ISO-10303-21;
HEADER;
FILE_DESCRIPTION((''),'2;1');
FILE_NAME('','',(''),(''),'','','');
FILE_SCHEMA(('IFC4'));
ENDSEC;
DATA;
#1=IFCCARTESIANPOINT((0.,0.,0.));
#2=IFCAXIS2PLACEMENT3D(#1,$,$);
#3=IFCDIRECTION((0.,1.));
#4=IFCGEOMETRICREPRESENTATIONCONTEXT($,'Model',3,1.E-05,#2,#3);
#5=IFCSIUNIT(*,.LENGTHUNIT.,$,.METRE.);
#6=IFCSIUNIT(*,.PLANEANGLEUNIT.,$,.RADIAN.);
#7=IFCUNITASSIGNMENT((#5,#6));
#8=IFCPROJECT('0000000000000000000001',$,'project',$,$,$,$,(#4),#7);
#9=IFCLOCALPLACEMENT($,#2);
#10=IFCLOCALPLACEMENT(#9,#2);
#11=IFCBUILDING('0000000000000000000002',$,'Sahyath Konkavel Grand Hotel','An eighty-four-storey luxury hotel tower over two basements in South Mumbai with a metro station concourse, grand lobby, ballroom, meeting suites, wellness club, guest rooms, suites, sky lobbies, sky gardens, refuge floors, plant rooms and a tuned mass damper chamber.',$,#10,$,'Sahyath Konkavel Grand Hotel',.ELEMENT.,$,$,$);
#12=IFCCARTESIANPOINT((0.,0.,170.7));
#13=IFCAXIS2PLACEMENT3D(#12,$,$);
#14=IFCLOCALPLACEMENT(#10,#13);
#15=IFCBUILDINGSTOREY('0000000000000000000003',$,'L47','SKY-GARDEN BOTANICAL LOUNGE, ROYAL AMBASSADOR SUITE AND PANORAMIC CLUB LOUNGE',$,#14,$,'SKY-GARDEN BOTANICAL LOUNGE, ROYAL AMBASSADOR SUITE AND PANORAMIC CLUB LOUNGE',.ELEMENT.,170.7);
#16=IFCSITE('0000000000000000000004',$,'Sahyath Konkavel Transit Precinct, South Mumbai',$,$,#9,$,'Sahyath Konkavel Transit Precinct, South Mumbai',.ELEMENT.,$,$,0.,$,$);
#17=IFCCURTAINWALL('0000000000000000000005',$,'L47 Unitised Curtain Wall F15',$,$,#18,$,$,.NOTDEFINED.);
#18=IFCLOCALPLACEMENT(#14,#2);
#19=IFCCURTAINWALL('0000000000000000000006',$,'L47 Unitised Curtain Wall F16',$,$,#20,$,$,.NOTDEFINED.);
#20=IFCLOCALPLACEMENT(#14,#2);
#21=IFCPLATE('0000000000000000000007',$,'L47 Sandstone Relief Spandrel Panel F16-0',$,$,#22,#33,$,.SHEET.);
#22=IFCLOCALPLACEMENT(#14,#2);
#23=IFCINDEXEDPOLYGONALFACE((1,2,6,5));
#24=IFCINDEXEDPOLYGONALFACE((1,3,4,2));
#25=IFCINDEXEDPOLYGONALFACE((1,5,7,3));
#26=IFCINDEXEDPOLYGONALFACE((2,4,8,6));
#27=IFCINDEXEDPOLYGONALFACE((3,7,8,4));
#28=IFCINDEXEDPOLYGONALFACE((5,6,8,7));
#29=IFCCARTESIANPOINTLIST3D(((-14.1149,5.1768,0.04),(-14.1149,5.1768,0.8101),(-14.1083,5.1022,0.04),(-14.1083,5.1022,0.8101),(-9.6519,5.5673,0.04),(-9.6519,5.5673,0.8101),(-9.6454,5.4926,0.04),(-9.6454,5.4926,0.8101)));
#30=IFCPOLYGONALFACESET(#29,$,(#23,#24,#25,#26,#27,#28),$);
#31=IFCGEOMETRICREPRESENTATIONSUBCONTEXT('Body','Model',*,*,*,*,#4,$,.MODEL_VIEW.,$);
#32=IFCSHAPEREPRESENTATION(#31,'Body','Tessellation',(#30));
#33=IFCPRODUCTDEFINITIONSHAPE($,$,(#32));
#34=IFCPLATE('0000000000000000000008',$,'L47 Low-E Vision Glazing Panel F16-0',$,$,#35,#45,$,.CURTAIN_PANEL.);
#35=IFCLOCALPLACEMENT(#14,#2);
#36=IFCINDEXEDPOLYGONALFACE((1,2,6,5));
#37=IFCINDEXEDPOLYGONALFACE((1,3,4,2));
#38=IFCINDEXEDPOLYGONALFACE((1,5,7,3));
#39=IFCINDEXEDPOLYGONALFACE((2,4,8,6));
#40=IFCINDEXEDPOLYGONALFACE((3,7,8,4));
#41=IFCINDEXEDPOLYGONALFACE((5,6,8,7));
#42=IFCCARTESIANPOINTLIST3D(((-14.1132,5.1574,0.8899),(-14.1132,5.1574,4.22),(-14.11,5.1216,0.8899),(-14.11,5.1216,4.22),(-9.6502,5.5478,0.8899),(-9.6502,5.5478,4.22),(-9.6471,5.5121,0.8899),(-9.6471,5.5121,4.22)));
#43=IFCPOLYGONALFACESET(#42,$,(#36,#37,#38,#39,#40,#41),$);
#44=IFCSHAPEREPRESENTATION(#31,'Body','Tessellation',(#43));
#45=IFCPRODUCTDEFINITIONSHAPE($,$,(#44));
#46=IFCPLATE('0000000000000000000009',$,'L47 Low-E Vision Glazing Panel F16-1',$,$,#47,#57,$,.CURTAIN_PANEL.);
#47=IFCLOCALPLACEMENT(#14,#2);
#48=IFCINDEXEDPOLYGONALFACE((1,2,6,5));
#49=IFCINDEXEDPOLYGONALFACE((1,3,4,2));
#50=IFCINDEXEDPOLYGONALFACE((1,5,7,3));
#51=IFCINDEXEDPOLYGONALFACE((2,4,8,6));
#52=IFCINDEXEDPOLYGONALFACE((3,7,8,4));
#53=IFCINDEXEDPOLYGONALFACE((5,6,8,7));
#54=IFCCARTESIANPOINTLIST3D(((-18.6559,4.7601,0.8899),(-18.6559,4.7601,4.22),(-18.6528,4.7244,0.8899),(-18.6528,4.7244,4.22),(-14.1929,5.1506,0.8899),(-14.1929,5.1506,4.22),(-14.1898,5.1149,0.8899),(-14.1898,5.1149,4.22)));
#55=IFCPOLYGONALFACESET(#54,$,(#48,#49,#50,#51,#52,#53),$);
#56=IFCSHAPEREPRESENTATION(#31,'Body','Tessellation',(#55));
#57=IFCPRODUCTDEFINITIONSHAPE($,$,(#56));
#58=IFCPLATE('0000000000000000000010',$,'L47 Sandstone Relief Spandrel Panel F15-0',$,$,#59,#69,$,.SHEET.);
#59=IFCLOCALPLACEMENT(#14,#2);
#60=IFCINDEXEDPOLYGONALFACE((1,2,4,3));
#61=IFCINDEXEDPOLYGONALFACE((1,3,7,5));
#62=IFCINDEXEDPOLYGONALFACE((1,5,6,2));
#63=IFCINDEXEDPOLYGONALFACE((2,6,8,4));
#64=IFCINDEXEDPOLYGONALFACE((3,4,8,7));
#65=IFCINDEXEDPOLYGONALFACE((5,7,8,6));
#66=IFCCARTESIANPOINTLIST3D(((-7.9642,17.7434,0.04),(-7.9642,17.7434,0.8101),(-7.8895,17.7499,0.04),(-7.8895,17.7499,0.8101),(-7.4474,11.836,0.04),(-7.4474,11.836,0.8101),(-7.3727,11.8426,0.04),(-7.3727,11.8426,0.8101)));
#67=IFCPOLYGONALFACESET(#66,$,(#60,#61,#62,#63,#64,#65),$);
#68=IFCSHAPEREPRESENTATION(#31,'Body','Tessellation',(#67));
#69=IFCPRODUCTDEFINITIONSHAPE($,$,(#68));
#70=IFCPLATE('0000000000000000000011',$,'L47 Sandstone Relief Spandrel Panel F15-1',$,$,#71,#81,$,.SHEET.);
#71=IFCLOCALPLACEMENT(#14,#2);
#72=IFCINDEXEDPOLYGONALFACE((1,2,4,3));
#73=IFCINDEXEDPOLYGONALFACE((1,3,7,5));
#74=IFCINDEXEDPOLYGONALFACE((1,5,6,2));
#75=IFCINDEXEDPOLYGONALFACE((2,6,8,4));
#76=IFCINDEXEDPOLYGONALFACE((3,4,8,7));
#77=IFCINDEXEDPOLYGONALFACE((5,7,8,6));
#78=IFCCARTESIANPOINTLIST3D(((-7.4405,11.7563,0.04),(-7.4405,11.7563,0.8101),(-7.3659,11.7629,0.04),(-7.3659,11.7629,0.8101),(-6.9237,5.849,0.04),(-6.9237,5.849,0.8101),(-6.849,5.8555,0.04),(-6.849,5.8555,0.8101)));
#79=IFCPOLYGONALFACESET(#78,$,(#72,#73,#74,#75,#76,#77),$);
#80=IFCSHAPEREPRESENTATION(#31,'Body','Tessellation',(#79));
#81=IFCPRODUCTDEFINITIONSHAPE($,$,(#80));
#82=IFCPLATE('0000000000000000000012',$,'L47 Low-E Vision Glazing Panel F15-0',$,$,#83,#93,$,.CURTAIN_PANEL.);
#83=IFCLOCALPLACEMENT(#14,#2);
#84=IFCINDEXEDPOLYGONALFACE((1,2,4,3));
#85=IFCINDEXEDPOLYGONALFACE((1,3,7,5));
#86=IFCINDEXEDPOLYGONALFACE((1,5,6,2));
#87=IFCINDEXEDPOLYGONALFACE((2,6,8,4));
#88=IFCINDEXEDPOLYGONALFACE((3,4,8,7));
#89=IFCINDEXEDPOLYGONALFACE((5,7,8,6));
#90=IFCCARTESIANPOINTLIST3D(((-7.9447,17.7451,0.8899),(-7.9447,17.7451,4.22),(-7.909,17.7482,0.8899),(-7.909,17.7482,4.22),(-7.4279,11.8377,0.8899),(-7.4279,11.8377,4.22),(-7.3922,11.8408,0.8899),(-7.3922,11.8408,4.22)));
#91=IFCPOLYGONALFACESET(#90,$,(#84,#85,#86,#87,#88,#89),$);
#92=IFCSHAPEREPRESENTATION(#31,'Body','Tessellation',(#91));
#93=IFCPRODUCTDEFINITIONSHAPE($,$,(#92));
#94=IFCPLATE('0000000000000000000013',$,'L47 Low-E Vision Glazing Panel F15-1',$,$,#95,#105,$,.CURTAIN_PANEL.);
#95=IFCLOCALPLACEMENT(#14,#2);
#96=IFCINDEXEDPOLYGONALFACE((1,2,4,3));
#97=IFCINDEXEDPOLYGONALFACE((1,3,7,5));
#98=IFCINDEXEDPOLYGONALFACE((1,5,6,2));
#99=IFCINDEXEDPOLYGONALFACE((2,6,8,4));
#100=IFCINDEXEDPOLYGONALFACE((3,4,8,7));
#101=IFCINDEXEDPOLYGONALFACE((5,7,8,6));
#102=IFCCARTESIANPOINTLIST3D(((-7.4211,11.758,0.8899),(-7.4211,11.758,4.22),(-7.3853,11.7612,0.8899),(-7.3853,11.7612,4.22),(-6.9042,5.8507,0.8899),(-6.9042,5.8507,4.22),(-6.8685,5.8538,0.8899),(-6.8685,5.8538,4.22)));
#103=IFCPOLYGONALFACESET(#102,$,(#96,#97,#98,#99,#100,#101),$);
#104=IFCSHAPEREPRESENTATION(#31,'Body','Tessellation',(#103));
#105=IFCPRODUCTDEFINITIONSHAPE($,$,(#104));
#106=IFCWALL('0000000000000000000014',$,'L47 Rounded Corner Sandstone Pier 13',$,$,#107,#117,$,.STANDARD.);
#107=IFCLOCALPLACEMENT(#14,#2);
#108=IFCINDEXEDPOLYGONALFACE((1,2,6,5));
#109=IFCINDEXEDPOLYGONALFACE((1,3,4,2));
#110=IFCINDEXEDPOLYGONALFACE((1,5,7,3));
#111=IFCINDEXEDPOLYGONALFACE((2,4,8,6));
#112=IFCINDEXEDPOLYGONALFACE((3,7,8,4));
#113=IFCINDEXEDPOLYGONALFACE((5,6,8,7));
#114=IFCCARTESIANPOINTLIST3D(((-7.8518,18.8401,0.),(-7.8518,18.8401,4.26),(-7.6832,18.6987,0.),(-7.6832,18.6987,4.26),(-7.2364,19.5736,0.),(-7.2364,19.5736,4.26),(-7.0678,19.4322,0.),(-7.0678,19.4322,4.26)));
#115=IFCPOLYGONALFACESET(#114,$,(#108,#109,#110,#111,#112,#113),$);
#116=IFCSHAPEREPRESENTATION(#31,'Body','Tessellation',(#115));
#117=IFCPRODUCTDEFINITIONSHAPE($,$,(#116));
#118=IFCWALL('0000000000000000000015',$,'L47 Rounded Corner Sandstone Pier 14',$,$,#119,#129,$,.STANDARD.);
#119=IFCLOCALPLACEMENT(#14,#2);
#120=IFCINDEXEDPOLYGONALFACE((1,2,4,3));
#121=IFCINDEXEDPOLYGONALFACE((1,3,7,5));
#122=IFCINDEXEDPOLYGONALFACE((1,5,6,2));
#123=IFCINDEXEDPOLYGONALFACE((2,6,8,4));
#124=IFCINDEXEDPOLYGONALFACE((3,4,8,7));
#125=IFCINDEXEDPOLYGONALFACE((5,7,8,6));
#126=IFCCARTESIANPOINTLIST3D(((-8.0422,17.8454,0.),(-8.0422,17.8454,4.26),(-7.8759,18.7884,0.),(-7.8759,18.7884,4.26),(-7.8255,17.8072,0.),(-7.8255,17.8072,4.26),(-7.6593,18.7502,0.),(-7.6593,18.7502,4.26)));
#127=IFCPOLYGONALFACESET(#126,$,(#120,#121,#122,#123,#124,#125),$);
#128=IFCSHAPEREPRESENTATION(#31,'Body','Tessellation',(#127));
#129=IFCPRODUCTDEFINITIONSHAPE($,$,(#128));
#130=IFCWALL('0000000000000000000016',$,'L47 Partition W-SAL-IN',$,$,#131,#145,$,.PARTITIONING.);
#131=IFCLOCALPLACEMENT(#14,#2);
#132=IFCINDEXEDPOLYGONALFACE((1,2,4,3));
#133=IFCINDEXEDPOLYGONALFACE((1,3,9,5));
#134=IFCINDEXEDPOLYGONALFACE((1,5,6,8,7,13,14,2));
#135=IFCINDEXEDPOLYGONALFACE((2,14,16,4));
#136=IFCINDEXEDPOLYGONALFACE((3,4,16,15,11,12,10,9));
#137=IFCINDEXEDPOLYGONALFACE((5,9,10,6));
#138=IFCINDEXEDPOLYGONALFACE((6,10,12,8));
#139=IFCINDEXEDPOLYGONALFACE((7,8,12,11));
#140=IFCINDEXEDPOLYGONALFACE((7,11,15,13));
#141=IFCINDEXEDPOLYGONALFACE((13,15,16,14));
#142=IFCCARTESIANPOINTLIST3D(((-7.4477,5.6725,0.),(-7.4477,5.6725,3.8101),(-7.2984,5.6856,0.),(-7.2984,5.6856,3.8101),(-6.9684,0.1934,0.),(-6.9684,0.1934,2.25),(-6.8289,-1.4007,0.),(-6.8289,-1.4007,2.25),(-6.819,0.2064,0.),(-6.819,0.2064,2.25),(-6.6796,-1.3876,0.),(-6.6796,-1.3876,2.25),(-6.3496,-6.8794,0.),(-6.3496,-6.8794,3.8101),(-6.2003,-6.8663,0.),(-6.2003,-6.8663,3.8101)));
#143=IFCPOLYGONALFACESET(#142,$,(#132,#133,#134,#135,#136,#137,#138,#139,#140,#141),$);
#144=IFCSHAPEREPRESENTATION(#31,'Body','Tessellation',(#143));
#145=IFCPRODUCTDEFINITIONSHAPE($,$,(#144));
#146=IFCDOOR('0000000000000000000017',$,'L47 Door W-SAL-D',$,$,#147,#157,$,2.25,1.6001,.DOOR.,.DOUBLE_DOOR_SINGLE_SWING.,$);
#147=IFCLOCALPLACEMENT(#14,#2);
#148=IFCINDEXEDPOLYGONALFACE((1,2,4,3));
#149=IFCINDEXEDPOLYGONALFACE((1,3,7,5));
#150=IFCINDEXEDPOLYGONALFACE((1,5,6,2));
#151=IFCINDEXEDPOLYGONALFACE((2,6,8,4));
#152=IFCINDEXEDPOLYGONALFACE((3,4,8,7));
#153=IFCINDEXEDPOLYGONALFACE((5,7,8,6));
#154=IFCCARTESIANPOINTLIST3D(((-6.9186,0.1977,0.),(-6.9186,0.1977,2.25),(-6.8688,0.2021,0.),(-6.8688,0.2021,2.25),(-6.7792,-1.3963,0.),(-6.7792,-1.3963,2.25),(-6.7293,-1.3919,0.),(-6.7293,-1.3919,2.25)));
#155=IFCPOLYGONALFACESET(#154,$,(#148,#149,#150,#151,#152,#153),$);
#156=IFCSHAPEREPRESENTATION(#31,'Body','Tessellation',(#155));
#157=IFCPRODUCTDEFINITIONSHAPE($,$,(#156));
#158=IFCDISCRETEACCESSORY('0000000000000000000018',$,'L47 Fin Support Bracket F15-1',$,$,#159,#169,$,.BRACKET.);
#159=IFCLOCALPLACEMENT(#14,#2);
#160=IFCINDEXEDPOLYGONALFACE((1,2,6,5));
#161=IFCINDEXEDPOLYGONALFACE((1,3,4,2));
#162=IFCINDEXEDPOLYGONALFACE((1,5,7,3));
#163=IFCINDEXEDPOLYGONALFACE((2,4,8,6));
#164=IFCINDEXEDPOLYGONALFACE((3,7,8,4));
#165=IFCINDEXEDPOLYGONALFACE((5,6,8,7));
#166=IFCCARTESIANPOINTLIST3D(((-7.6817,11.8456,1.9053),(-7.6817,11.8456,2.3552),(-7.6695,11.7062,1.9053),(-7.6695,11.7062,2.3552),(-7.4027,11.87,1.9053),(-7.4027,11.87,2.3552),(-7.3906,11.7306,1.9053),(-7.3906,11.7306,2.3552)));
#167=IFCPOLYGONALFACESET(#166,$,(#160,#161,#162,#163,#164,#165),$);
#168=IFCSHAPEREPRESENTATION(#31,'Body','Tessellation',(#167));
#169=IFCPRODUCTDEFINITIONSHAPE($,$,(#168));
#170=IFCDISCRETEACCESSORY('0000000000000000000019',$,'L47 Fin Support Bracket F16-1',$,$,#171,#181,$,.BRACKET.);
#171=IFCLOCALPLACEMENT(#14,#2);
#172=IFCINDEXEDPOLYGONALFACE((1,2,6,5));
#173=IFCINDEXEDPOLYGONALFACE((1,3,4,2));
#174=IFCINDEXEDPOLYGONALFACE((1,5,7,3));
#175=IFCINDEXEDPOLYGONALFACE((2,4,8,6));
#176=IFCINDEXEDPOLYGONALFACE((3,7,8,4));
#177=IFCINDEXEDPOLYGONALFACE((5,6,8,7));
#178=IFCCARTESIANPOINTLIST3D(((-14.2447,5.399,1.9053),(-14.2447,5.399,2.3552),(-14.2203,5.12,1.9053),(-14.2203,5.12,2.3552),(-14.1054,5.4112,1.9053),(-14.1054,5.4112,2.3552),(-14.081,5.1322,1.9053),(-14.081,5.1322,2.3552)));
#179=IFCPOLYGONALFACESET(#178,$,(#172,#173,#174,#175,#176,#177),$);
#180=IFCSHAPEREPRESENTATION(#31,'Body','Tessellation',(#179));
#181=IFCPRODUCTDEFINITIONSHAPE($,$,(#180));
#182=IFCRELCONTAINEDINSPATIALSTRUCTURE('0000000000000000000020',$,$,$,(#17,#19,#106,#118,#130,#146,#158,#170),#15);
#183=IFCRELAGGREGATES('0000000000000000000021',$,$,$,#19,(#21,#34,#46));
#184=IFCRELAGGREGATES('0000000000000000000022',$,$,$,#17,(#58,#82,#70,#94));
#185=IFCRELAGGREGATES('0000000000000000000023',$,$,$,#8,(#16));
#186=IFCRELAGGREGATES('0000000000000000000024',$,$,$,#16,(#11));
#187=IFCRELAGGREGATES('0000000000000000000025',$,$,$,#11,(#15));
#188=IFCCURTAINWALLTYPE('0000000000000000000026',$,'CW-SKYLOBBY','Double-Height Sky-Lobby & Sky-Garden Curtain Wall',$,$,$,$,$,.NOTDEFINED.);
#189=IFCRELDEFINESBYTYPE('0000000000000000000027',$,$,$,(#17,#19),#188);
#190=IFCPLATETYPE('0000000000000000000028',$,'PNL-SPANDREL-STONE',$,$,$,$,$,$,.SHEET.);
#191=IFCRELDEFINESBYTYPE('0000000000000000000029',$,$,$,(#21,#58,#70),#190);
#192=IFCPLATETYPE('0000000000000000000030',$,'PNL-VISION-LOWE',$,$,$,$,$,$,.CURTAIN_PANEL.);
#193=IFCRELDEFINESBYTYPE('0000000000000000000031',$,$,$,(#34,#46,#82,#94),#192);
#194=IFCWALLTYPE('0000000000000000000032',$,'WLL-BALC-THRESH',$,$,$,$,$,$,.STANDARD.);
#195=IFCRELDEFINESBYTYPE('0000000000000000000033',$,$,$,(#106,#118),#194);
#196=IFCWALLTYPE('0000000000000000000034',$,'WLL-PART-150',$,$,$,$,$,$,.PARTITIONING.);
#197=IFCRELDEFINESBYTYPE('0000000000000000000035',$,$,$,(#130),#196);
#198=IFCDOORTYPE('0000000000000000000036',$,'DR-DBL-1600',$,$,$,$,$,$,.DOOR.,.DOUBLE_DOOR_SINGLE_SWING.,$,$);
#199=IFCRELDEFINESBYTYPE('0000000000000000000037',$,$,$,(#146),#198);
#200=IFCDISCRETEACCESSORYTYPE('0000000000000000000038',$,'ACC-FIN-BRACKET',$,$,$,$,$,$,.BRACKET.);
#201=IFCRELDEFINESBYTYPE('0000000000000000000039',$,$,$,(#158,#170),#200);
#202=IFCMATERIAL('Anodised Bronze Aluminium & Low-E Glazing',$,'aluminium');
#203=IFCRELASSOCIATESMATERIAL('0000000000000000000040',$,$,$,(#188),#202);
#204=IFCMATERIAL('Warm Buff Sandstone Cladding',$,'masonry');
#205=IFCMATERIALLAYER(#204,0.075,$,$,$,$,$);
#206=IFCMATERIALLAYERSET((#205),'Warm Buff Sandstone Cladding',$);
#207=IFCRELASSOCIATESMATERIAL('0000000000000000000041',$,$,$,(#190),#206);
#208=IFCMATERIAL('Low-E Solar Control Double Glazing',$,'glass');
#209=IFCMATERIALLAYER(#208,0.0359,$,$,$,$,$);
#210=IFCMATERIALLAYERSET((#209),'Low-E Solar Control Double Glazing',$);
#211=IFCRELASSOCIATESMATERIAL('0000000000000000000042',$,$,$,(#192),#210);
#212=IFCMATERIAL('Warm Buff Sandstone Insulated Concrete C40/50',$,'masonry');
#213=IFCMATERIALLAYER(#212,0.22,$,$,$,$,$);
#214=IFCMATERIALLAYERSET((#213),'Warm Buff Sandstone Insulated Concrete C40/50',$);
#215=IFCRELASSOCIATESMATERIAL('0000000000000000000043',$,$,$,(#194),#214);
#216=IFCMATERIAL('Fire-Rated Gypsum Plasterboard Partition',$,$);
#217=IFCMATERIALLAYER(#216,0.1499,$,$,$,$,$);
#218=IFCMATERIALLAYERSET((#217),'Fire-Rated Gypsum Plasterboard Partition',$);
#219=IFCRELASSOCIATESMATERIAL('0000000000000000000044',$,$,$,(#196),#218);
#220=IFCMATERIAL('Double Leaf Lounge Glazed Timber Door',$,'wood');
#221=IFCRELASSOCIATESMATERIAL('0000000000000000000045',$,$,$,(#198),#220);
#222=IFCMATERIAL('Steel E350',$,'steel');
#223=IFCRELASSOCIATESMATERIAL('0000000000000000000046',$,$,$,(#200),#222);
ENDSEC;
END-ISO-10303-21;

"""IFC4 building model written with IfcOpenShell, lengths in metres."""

from ifc_helpers import new_model, si_unit, direction, frame, frame_2d, origin, origin_2d, place, context, subcontext, project, spatial, rectangle, extrude, source, transform, mapped, material, layer, layer_set, type_object, element, fill, aggregate, save


model = new_model("IFC4")

# Units and contexts
model_context = context("Model", 3, precision=1e-05, world=origin(), true_north=direction((0.0, 1.0)))
body_context = subcontext(model_context, "Body", "Model", "MODEL_VIEW")
ifc_project = project(units=[si_unit("LENGTHUNIT", "METRE"), si_unit("PLANEANGLEUNIT", "RADIAN")], contexts=[model_context])

# Site, building, storey
site_placement = place(None, origin())
site = spatial("IfcSite", under=ifc_project, at=site_placement, Name="Sahyath Konkavel Transit Precinct, South Mumbai", LongName="Sahyath Konkavel Transit Precinct, South Mumbai", CompositionType="ELEMENT", RefElevation=0.0)
building_placement = place(site_placement, origin())
building = spatial("IfcBuilding", under=site, at=building_placement, Name="Sahyath Konkavel Grand Hotel", Description="An eighty-four-storey luxury hotel tower over two basements in South Mumbai with a metro station concourse, grand lobby, ballroom, meeting suites, wellness club, guest rooms, suites, sky lobbies, sky gardens, refuge floors, plant rooms and a tuned mass damper chamber.", LongName="Sahyath Konkavel Grand Hotel", CompositionType="ELEMENT")
storey_placement = place(building_placement, frame((0.0, 0.0, 170.7)))
storey = spatial("IfcBuildingStorey", under=building, at=storey_placement, Name="L47", Description="SKY-GARDEN BOTANICAL LOUNGE, ROYAL AMBASSADOR SUITE AND PANORAMIC CLUB LOUNGE", LongName="SKY-GARDEN BOTANICAL LOUNGE, ROYAL AMBASSADOR SUITE AND PANORAMIC CLUB LOUNGE", CompositionType="ELEMENT", Elevation=170.7)

# Shared definitions
ifc_material_1 = material(Name="Anodised Bronze Aluminium & Low-E Glazing", Category="aluminium")
curtain_wall_type = type_object("IfcCurtainWallType", Name="CW-SKYLOBBY", Description="Double-Height Sky-Lobby & Sky-Garden Curtain Wall", PredefinedType="NOTDEFINED", material=ifc_material_1)

# Curtain walls
curtain_wall_1_placement = place(storey_placement, origin())
curtain_wall_1 = element("IfcCurtainWall", 1, at=curtain_wall_1_placement, inside=storey, type_object=curtain_wall_type, Name="L47 Unitised Curtain Wall F15", PredefinedType="NOTDEFINED")
curtain_wall_2_placement = place(storey_placement, origin())
curtain_wall_2 = element("IfcCurtainWall", 2, at=curtain_wall_2_placement, inside=storey, type_object=curtain_wall_type, Name="L47 Unitised Curtain Wall F16", PredefinedType="NOTDEFINED")

# Plates
ifc_material_2 = material(Name="Warm Buff Sandstone Cladding", Category="masonry")
ifc_layer_1 = layer(ifc_material_2, 0.075)
ifc_layer_set_1 = layer_set([ifc_layer_1], Name="Warm Buff Sandstone Cladding")
plate_type_1 = type_object("IfcPlateType", Name="PNL-SPANDREL-STONE", PredefinedType="SHEET", material=ifc_layer_set_1)
shared_shape_1 = source(origin(), body_context, "Body", "SweptSolid", [
    extrude(rectangle(XDim=4.48, YDim=0.075, at=origin_2d()), origin(), (0.0, 0.0, 1.0), 0.77),
])
plate_1_placement = place(storey_placement, frame((-11.8801, 5.3347, 0.04), z_axis=(0.0, 0.0, 1.0), x_axis=(-0.996195, -0.087156, 0.0)))
plate_1 = element("IfcPlate", 3, at=plate_1_placement, type_object=plate_type_1, Name="L47 Sandstone Relief Spandrel Panel F16-0", PredefinedType="SHEET", context=body_context, shape_type="MappedRepresentation", body=[
    mapped(shared_shape_1, transform((0.0, 0.0, 0.0), scale=1.0)),
])
ifc_material_3 = material(Name="Low-E Solar Control Double Glazing", Category="glass")
ifc_layer_2 = layer(ifc_material_3, 0.0359)
ifc_layer_set_2 = layer_set([ifc_layer_2], Name="Low-E Solar Control Double Glazing")
plate_type_2 = type_object("IfcPlateType", Name="PNL-VISION-LOWE", PredefinedType="CURTAIN_PANEL", material=ifc_layer_set_2)
shared_shape_2 = source(origin(), body_context, "Body", "SweptSolid", [
    extrude(rectangle(XDim=4.48, YDim=0.0359, at=origin_2d()), origin(), (0.0, 0.0, 1.0), 3.3301),
])
plate_2_placement = place(storey_placement, frame((-11.8801, 5.3347, 0.8899), z_axis=(0.0, 0.0, 1.0), x_axis=(-0.996195, -0.087156, 0.0)))
plate_2 = element("IfcPlate", 4, at=plate_2_placement, type_object=plate_type_2, Name="L47 Low-E Vision Glazing Panel F16-0", PredefinedType="CURTAIN_PANEL", context=body_context, shape_type="MappedRepresentation", body=[
    mapped(shared_shape_2, transform((0.0, 0.0, 0.0), scale=1.0)),
])
plate_3_placement = place(storey_placement, frame((-16.4229, 4.9375, 0.8899), z_axis=(0.0, 0.0, 1.0), x_axis=(-0.996195, -0.087156, 0.0)))
plate_3 = element("IfcPlate", 5, at=plate_3_placement, type_object=plate_type_2, Name="L47 Low-E Vision Glazing Panel F16-1", PredefinedType="CURTAIN_PANEL", context=body_context, shape_type="MappedRepresentation", body=[
    mapped(shared_shape_2, transform((0.0, 0.0, 0.0), scale=1.0)),
])
aggregate(curtain_wall_2, [plate_1, plate_2, plate_3])
shared_shape_3 = source(origin(), body_context, "Body", "SweptSolid", [
    extrude(rectangle(XDim=5.9299, YDim=0.075, at=origin_2d()), origin(), (0.0, 0.0, 1.0), 0.77),
])
plate_4_placement = place(storey_placement, frame((-7.6685, 14.793, 0.04), z_axis=(0.0, 0.0, 1.0), x_axis=(0.087156, -0.996195, 0.0)))
plate_4 = element("IfcPlate", 6, at=plate_4_placement, type_object=plate_type_1, Name="L47 Sandstone Relief Spandrel Panel F15-0", PredefinedType="SHEET", context=body_context, shape_type="MappedRepresentation", body=[
    mapped(shared_shape_3, transform((0.0, 0.0, 0.0), scale=1.0)),
])
plate_5_placement = place(storey_placement, frame((-7.1448, 8.8059, 0.04), z_axis=(0.0, 0.0, 1.0), x_axis=(0.087156, -0.996195, 0.0)))
plate_5 = element("IfcPlate", 7, at=plate_5_placement, type_object=plate_type_1, Name="L47 Sandstone Relief Spandrel Panel F15-1", PredefinedType="SHEET", context=body_context, shape_type="MappedRepresentation", body=[
    mapped(shared_shape_3, transform((0.0, 0.0, 0.0), scale=1.0)),
])
shared_shape_4 = source(origin(), body_context, "Body", "SweptSolid", [
    extrude(rectangle(XDim=5.9299, YDim=0.0359, at=origin_2d()), origin(), (0.0, 0.0, 1.0), 3.3301),
])
plate_6_placement = place(storey_placement, frame((-7.6685, 14.793, 0.8899), z_axis=(0.0, 0.0, 1.0), x_axis=(0.087156, -0.996195, 0.0)))
plate_6 = element("IfcPlate", 8, at=plate_6_placement, type_object=plate_type_2, Name="L47 Low-E Vision Glazing Panel F15-0", PredefinedType="CURTAIN_PANEL", context=body_context, shape_type="MappedRepresentation", body=[
    mapped(shared_shape_4, transform((0.0, 0.0, 0.0), scale=1.0)),
])
plate_7_placement = place(storey_placement, frame((-7.1448, 8.8059, 0.8899), z_axis=(0.0, 0.0, 1.0), x_axis=(0.087156, -0.996195, 0.0)))
plate_7 = element("IfcPlate", 9, at=plate_7_placement, type_object=plate_type_2, Name="L47 Low-E Vision Glazing Panel F15-1", PredefinedType="CURTAIN_PANEL", context=body_context, shape_type="MappedRepresentation", body=[
    mapped(shared_shape_4, transform((0.0, 0.0, 0.0), scale=1.0)),
])
aggregate(curtain_wall_1, [plate_4, plate_6, plate_5, plate_7])

# Walls
ifc_material_4 = material(Name="Warm Buff Sandstone Insulated Concrete C40/50", Category="masonry")
ifc_layer_3 = layer(ifc_material_4, 0.22)
ifc_layer_set_3 = layer_set([ifc_layer_3], Name="Warm Buff Sandstone Insulated Concrete C40/50")
wall_type_1 = type_object("IfcWallType", Name="WLL-BALC-THRESH", PredefinedType="STANDARD", material=ifc_layer_set_3)
for number, where, z_axis, x_axis, name in (
    (10, (-7.1521, 19.5029, 0.0), (0.0, 0.0, 1.0), (-0.642714, -0.766107, 0.0), "L47 Rounded Corner Sandstone Pier 13"),
    (11, (-7.7676, 18.7693, 0.0), (0.0, 0.0, 1.0), (-0.173654, -0.984807, 0.0), "L47 Rounded Corner Sandstone Pier 14"),
):
    element("IfcWall", number, at=place(storey_placement, frame(where, z_axis=z_axis, x_axis=x_axis)), inside=storey, type_object=wall_type_1, Name=name, PredefinedType="STANDARD", context=body_context, shape_type="SweptSolid", body=[
        extrude(rectangle(XDim=0.9575, YDim=0.22, at=frame_2d((0.4788, 0.0))), origin(), (0.0, 0.0, 1.0), 4.26),
    ])

# Wall, opening, door
ifc_material_5 = material(Name="Fire-Rated Gypsum Plasterboard Partition")
ifc_layer_4 = layer(ifc_material_5, 0.1499)
ifc_layer_set_4 = layer_set([ifc_layer_4], Name="Fire-Rated Gypsum Plasterboard Partition")
wall_type_2 = type_object("IfcWallType", Name="WLL-PART-150", PredefinedType="PARTITIONING", material=ifc_layer_set_4)
wall_placement = place(storey_placement, frame((-7.373, 5.679, 0.0), z_axis=(0.0, 0.0, 1.0), x_axis=(0.087155, -0.996195, 0.0)))
wall = element("IfcWall", 12, at=wall_placement, inside=storey, type_object=wall_type_2, Name="L47 Partition W-SAL-IN", PredefinedType="PARTITIONING", context=body_context, shape_type="SweptSolid", body=[
    extrude(rectangle(XDim=12.5999, YDim=0.1499, at=frame_2d((6.2998, 0.0))), origin(), (0.0, 0.0, 1.0), 3.8101),
])
opening_placement = place(wall_placement, frame((5.5, 0.0, 0.0)))
opening = element("IfcOpeningElement", 13, at=opening_placement, cuts=wall, PredefinedType="OPENING", context=body_context, shape_type="SweptSolid", body=[
    extrude(rectangle(XDim=1.6001, YDim=2.25, at=frame_2d((0.8, 1.125))), frame((0.0, 0.085, 0.0), z_axis=(0.0, -1.0, 0.0), x_axis=(1.0, 0.0, 0.0)), (0.0, 0.0, 1.0), 0.1699),
])
ifc_material_6 = material(Name="Double Leaf Lounge Glazed Timber Door", Category="wood")
door_type = type_object("IfcDoorType", Name="DR-DBL-1600", OperationType="DOUBLE_DOOR_SINGLE_SWING", PredefinedType="DOOR", material=ifc_material_6)
shared_shape_5 = source(origin(), body_context, "Body", "SweptSolid", [
    extrude(rectangle(XDim=1.6001, YDim=0.05, at=origin_2d()), origin(), (0.0, 0.0, 1.0), 2.25),
])
door_placement = place(opening_placement, frame((0.8, 0.0, 0.0)))
door = element("IfcDoor", 14, at=door_placement, inside=storey, type_object=door_type, Name="L47 Door W-SAL-D", OperationType="DOUBLE_DOOR_SINGLE_SWING", OverallHeight=2.25, OverallWidth=1.6001, PredefinedType="DOOR", context=body_context, shape_type="MappedRepresentation", body=[
    mapped(shared_shape_5, transform((0.0, 0.0, 0.0), scale=1.0)),
])
fill(opening, door)

# Discrete accessories
ifc_material_7 = material(Name="Steel E350", Category="steel")
discrete_accessory_type = type_object("IfcDiscreteAccessoryType", Name="ACC-FIN-BRACKET", PredefinedType="BRACKET", material=ifc_material_7)
shared_shape_6 = source(origin(), body_context, "Body", "SweptSolid", [
    extrude(rectangle(XDim=0.28, YDim=0.1399, at=origin_2d()), origin(), (0.0, 0.0, 1.0), 0.45),
])
for number, where, z_axis, x_axis, name in (
    (15, (-7.5361, 11.7881, 1.9053), (0.0, 0.0, 1.0), (-0.996195, -0.087156, 0.0), "L47 Fin Support Bracket F15-1"),
    (16, (-14.1628, 5.2656, 1.9053), (0.0, 0.0, 1.0), (-0.087156, 0.996195, 0.0), "L47 Fin Support Bracket F16-1"),
):
    element("IfcDiscreteAccessory", number, at=place(storey_placement, frame(where, z_axis=z_axis, x_axis=x_axis)), inside=storey, type_object=discrete_accessory_type, Name=name, PredefinedType="BRACKET", context=body_context, shape_type="MappedRepresentation", body=[
        mapped(shared_shape_6, transform((0.0, 0.0, 0.0), scale=1.0)),
    ])

save(model, "model.ifc")
